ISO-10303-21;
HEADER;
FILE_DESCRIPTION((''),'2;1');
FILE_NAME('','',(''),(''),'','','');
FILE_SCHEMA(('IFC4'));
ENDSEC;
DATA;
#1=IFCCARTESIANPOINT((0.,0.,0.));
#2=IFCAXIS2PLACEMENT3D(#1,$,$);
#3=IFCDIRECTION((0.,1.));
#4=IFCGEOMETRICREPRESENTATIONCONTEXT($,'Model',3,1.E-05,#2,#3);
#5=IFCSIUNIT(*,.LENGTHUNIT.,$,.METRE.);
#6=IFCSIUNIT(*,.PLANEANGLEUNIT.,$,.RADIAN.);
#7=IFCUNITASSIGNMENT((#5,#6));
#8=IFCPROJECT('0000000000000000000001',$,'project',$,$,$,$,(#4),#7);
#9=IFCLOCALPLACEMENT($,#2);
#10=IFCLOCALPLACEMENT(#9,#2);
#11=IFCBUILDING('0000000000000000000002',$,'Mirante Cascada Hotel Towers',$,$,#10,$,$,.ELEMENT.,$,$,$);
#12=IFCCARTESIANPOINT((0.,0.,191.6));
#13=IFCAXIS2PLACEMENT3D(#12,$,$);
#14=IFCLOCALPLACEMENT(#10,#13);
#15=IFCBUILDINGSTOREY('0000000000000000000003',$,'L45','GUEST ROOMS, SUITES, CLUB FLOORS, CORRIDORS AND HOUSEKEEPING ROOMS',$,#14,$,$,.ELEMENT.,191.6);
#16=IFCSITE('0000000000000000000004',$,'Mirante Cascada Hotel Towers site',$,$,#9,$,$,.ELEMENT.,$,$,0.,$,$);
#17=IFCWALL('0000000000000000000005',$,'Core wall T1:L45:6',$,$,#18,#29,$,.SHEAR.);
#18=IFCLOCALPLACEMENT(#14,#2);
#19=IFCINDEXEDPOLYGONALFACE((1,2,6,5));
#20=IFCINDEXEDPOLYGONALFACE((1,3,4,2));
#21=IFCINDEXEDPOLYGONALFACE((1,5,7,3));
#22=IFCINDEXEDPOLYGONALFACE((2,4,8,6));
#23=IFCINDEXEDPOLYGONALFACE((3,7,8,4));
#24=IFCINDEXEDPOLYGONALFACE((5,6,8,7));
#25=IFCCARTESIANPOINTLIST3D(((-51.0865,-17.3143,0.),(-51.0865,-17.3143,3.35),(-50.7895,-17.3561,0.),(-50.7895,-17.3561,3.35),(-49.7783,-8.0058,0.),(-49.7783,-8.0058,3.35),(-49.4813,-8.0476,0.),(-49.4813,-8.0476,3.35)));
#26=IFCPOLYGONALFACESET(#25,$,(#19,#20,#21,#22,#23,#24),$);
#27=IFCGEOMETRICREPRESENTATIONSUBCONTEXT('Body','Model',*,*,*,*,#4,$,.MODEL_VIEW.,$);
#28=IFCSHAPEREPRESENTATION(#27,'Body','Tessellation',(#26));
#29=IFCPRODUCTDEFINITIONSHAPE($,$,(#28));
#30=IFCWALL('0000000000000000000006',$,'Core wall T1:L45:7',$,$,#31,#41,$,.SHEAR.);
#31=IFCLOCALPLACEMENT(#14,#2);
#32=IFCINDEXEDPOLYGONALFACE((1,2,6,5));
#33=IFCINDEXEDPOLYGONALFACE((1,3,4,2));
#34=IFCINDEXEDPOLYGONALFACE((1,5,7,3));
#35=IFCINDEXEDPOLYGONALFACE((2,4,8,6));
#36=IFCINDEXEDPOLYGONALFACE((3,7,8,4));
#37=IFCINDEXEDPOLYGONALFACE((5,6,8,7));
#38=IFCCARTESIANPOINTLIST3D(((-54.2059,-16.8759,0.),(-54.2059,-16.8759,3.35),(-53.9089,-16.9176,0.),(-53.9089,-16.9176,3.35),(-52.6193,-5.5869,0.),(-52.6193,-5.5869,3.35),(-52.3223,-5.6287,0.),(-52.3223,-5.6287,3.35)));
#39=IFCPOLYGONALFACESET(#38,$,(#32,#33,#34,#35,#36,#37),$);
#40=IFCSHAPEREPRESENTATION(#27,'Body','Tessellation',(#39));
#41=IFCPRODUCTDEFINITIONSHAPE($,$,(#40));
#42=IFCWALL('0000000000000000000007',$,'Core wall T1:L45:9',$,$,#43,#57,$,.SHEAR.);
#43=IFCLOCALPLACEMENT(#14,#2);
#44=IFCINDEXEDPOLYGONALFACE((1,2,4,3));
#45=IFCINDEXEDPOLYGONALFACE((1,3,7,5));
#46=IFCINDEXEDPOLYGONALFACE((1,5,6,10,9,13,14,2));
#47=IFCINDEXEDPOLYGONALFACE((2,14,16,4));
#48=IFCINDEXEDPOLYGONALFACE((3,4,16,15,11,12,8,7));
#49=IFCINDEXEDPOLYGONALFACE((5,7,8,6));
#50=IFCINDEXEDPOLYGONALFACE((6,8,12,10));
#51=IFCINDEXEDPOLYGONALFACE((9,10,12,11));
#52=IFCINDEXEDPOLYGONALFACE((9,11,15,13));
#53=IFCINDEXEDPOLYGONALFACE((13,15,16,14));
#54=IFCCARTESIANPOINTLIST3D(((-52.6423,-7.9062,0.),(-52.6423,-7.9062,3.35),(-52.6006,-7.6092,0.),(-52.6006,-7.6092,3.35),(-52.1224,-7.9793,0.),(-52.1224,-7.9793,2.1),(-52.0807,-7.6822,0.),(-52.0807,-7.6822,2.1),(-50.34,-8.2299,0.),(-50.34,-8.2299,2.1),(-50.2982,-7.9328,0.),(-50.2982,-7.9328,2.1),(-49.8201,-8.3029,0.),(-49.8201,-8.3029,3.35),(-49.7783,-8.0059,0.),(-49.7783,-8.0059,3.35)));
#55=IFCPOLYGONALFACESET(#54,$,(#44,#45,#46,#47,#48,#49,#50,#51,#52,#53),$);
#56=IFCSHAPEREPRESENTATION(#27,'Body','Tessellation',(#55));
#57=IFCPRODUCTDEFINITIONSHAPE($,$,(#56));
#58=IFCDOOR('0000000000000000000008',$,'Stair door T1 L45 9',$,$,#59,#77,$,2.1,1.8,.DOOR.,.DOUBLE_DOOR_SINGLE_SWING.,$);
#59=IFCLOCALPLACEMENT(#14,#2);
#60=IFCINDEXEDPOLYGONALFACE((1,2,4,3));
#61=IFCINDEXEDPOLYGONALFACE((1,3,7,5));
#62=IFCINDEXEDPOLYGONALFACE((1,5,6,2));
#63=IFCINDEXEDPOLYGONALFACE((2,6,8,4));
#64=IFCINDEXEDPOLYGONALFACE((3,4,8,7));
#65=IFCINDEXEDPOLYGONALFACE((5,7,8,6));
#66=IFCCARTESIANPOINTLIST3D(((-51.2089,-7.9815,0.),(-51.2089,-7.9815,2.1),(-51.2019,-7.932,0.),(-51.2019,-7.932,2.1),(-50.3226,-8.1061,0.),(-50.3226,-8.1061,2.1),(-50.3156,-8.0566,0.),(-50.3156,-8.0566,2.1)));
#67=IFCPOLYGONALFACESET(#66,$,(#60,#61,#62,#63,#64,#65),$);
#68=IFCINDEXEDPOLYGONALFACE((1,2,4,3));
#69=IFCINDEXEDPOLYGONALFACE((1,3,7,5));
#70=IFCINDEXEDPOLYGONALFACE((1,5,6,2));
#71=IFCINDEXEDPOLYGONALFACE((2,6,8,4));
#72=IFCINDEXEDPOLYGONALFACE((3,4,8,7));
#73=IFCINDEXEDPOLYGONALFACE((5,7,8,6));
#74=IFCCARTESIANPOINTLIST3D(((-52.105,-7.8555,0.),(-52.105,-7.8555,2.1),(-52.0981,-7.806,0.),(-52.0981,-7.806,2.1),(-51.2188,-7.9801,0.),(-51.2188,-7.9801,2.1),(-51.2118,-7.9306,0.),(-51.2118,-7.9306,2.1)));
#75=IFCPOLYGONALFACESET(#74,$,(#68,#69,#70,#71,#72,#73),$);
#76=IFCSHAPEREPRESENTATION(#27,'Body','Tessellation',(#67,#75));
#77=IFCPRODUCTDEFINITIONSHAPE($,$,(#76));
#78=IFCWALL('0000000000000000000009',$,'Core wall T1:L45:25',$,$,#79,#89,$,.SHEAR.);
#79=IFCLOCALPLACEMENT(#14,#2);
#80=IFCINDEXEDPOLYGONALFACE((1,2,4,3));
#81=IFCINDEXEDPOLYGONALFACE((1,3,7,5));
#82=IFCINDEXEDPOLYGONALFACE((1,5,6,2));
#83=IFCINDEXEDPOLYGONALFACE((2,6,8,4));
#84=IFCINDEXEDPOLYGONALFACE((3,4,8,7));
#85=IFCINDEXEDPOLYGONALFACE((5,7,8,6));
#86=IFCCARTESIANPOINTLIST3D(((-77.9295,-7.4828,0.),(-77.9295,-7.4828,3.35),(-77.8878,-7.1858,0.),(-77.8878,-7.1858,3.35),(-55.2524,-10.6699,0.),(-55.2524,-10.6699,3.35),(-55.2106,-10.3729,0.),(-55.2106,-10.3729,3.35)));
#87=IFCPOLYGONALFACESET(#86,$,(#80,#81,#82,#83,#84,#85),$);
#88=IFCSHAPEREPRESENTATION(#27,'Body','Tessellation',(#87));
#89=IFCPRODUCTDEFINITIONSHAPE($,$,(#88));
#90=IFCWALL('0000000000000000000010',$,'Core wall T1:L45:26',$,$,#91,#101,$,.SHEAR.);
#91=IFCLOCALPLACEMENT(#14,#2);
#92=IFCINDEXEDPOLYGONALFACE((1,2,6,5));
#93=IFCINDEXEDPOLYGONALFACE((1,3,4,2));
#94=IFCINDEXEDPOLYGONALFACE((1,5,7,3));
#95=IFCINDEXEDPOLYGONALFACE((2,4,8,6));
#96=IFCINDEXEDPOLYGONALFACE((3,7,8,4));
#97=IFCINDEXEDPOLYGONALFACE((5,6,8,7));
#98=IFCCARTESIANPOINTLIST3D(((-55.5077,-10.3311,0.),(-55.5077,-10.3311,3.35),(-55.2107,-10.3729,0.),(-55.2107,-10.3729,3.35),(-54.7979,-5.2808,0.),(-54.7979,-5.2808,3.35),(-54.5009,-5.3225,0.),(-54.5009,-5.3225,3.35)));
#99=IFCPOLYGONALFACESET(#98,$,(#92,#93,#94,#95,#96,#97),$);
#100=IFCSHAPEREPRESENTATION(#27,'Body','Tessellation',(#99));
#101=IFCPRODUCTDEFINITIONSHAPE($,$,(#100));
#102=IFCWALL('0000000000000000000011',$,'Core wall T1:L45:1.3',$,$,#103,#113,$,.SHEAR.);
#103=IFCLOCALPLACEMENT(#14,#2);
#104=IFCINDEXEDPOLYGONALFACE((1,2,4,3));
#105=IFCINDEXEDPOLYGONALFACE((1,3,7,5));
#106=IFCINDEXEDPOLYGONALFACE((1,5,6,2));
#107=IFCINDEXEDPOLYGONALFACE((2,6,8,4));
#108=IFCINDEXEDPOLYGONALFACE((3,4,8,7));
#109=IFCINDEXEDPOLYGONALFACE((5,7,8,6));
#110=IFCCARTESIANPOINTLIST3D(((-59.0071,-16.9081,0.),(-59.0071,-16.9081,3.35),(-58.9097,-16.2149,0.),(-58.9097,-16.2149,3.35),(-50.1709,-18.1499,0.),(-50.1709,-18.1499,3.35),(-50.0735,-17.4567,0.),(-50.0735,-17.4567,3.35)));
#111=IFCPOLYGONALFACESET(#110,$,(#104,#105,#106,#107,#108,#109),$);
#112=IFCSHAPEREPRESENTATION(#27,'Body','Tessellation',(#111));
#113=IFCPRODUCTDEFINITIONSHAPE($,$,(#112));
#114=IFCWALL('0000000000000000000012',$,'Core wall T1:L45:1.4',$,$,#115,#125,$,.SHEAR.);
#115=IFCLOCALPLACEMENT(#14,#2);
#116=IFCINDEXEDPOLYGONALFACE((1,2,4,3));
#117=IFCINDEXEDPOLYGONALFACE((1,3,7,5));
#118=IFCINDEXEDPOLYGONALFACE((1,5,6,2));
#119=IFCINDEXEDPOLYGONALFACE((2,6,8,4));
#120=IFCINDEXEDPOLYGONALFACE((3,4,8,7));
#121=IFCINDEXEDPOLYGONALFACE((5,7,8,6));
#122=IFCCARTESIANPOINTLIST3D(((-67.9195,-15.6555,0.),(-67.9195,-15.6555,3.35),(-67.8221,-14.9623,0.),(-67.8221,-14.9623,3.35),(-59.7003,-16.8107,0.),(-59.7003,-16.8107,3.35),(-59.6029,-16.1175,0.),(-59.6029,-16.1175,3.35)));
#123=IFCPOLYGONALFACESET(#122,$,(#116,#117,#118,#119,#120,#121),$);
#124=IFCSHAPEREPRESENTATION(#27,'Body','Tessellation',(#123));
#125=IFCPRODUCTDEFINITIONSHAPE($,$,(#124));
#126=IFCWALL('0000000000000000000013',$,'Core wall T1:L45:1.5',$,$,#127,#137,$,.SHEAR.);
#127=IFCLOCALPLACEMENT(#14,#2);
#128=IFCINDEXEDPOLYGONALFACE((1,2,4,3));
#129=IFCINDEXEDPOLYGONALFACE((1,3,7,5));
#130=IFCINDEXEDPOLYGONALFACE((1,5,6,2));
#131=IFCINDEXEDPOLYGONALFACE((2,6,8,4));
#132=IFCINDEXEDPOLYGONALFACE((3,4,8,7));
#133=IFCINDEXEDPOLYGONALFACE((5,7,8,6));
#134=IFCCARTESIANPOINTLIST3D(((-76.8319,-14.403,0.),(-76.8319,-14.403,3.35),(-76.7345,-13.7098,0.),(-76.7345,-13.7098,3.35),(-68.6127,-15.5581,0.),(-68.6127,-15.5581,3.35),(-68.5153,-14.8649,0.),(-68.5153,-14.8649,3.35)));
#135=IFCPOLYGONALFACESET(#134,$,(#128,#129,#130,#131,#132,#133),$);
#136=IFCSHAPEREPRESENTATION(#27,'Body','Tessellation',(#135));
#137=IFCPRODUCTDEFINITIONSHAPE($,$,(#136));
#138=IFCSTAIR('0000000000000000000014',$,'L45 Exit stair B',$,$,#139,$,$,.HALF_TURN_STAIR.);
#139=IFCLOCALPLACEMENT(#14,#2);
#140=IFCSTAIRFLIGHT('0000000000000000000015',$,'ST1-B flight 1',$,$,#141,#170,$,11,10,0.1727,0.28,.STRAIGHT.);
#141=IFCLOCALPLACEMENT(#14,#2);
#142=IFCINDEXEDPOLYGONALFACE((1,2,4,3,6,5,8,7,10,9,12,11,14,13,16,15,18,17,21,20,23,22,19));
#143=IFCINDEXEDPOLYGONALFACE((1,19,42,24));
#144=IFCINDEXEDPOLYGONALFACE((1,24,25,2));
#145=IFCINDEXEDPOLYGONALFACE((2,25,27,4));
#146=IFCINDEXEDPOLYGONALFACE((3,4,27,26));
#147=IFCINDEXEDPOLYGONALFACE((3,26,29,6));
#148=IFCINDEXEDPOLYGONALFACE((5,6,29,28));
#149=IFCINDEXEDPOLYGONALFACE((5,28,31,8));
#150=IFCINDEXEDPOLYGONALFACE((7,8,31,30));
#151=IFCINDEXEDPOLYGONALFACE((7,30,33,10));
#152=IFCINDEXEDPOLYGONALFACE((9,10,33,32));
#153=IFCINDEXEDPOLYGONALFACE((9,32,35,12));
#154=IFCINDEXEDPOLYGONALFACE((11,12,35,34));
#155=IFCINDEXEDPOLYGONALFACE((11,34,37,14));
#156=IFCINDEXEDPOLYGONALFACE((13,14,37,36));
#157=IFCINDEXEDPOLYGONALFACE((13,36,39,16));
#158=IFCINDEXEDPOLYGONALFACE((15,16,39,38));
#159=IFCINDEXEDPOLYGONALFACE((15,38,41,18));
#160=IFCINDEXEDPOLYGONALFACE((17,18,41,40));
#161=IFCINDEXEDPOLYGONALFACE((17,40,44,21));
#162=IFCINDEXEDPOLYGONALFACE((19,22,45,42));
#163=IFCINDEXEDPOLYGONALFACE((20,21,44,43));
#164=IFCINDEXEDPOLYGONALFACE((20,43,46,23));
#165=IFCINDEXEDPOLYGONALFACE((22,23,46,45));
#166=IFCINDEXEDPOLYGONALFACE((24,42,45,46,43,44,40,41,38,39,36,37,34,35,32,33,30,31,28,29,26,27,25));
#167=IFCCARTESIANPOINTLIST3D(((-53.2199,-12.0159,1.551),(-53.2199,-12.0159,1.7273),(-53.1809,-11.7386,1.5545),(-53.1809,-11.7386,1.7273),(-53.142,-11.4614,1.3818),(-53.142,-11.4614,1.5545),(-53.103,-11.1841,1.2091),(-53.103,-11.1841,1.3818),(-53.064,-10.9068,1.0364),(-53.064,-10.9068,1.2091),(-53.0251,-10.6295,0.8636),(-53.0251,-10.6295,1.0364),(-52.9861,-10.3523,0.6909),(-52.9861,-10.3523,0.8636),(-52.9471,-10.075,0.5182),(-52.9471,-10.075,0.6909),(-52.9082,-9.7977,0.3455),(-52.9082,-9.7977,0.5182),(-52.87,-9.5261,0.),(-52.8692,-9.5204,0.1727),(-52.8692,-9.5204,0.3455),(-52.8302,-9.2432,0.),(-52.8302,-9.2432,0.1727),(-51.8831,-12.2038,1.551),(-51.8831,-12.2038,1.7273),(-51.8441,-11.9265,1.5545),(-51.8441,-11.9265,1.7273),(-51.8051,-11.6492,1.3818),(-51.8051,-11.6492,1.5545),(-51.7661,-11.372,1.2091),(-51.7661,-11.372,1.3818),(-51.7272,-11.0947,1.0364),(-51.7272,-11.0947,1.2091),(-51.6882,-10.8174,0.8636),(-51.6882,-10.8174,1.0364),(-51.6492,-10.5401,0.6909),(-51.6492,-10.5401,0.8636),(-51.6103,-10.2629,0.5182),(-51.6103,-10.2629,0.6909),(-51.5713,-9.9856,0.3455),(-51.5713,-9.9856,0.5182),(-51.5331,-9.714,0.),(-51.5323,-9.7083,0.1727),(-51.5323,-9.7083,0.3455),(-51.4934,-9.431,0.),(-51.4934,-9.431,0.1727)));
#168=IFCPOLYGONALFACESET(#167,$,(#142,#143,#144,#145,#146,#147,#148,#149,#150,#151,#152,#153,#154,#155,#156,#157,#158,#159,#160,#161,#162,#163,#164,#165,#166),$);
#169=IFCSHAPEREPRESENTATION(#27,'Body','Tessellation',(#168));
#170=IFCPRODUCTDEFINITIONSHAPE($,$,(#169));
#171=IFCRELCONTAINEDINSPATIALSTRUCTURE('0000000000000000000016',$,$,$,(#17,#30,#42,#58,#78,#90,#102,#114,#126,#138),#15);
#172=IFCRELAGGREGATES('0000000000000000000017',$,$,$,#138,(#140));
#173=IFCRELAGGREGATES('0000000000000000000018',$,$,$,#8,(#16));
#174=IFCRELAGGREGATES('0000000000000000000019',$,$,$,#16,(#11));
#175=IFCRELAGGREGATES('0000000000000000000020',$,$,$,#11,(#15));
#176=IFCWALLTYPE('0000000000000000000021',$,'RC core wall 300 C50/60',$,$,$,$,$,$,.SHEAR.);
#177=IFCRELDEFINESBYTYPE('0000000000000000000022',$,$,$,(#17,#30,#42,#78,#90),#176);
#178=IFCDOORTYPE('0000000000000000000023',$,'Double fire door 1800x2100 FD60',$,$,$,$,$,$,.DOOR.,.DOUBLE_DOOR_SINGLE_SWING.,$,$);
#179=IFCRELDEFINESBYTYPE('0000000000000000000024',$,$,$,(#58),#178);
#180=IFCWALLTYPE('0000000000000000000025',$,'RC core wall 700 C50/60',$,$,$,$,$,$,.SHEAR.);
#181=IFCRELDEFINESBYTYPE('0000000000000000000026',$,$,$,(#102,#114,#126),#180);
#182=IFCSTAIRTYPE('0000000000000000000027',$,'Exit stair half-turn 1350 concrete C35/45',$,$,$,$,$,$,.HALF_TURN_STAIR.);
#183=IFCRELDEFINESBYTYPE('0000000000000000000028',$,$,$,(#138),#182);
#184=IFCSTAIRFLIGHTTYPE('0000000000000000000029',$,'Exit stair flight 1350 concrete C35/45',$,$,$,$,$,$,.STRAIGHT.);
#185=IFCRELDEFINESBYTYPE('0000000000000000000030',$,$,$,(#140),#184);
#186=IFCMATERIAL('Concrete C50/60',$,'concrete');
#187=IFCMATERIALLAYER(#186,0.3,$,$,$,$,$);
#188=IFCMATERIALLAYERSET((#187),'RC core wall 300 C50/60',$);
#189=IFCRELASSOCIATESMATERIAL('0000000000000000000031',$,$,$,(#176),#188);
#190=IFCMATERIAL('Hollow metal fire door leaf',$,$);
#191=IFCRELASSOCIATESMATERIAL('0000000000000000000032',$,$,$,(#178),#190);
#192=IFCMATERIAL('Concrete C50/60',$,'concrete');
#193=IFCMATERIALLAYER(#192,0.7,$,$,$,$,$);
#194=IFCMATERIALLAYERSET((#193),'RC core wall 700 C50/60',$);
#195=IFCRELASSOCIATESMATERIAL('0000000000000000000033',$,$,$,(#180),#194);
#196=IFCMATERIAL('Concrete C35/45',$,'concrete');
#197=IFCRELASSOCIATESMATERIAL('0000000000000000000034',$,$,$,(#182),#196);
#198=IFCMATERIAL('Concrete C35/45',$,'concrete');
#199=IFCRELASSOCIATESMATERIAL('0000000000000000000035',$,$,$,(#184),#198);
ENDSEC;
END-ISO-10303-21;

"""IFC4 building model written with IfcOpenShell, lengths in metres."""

from ifc_helpers import new_model, si_unit, direction, frame, frame_2d, origin, place, context, subcontext, project, spatial, polyline, rectangle, outline, extrude, material, layer, layer_set, type_object, element, fill, aggregate, save


model = new_model("IFC4")

# Units and contexts
model_context = context("Model", 3, precision=1e-05, world=origin(), true_north=direction((0.0, 1.0)))
body_context = subcontext(model_context, "Body", "Model", "MODEL_VIEW")
ifc_project = project(units=[si_unit("LENGTHUNIT", "METRE"), si_unit("PLANEANGLEUNIT", "RADIAN")], contexts=[model_context])

# Site, building, storey
site_placement = place(None, origin())
site = spatial("IfcSite", under=ifc_project, at=site_placement, Name="Mirante Cascada Hotel Towers site", CompositionType="ELEMENT", RefElevation=0.0)
building_placement = place(site_placement, origin())
building = spatial("IfcBuilding", under=site, at=building_placement, Name="Mirante Cascada Hotel Towers", CompositionType="ELEMENT")
storey_placement = place(building_placement, frame((0.0, 0.0, 191.6)))
storey = spatial("IfcBuildingStorey", under=building, at=storey_placement, Name="L45", Description="GUEST ROOMS, SUITES, CLUB FLOORS, CORRIDORS AND HOUSEKEEPING ROOMS", CompositionType="ELEMENT", Elevation=191.6)

# Walls
ifc_material_1 = material(Name="Concrete C50/60", Category="concrete")
ifc_layer_1 = layer(ifc_material_1, 0.3)
ifc_layer_set_1 = layer_set([ifc_layer_1], Name="RC core wall 300 C50/60")
wall_type_1 = type_object("IfcWallType", Name="RC core wall 300 C50/60", PredefinedType="SHEAR", material=ifc_layer_set_1)
wall_1_placement = place(storey_placement, frame((-50.938, -17.3352, 0.0), z_axis=(0.0, 0.0, 1.0), x_axis=(0.139171, 0.990268, 0.0)))
element("IfcWall", 1, at=wall_1_placement, inside=storey, type_object=wall_type_1, Name="Core wall T1:L45:6", PredefinedType="SHEAR", context=body_context, shape_type="SweptSolid", body=[
    extrude(rectangle(XDim=9.4, YDim=0.3, at=frame_2d((4.7, 0.0))), origin(), (0.0, 0.0, 1.0), 3.35),
])
wall_2_placement = place(storey_placement, frame((-54.0574, -16.8968, 0.0), z_axis=(0.0, 0.0, 1.0), x_axis=(0.139176, 0.990268, 0.0)))
element("IfcWall", 2, at=wall_2_placement, inside=storey, type_object=wall_type_1, Name="Core wall T1:L45:7", PredefinedType="SHEAR", context=body_context, shape_type="SweptSolid", body=[
    extrude(rectangle(XDim=11.3999, YDim=0.3, at=frame_2d((5.7, 0.0))), origin(), (0.0, 0.0, 1.0), 3.35),
])

# Wall, opening, door
wall_3_placement = place(storey_placement, frame((-49.7992, -8.1544, 0.0), z_axis=(0.0, 0.0, 1.0), x_axis=(-0.990266, 0.139191, 0.0)))
wall_3 = element("IfcWall", 3, at=wall_3_placement, inside=storey, type_object=wall_type_1, Name="Core wall T1:L45:9", PredefinedType="SHEAR", context=body_context, shape_type="SweptSolid", body=[
    extrude(rectangle(XDim=2.85, YDim=0.3, at=frame_2d((1.425, 0.0))), origin(), (0.0, 0.0, 1.0), 3.35),
])
opening_1_placement = place(wall_3_placement, frame((0.525, 0.0, 0.0)))
opening_1 = element("IfcOpeningElement", 4, at=opening_1_placement, cuts=wall_3, PredefinedType="OPENING", context=body_context, shape_type="SweptSolid", body=[
    extrude(rectangle(XDim=1.8, YDim=2.1, at=frame_2d((0.9, 1.05))), frame((0.0, 0.15, 0.0), z_axis=(0.0, -1.0, 0.0), x_axis=(1.0, 0.0, 0.0)), (0.0, 0.0, 1.0), 0.3),
])
ifc_material_2 = material(Name="Hollow metal fire door leaf")
door_type_1 = type_object("IfcDoorType", Name="Double fire door 1800x2100 FD60", OperationType="DOUBLE_DOOR_SINGLE_SWING", PredefinedType="DOOR", material=ifc_material_2)
door_1_placement = place(opening_1_placement, origin())
door_1 = element("IfcDoor", 5, at=door_1_placement, inside=storey, type_object=door_type_1, Name="Stair door T1 L45 9", OperationType="DOUBLE_DOOR_SINGLE_SWING", OverallHeight=2.1, OverallWidth=1.8, PredefinedType="DOOR", context=body_context, shape_type="SweptSolid", body=[
    extrude(rectangle(XDim=0.895, YDim=2.1, at=frame_2d((0.4475, 1.05))), frame((0.0, 0.025, 0.0), z_axis=(0.0, -1.0, 0.0), x_axis=(1.0, 0.0, 0.0)), (0.0, 0.0, 1.0), 0.05),
    extrude(rectangle(XDim=0.895, YDim=2.1, at=frame_2d((1.3525, 1.05))), frame((0.0, 0.025, 0.0), z_axis=(0.0, -1.0, 0.0), x_axis=(1.0, 0.0, 0.0)), (0.0, 0.0, 1.0), 0.05),
])
fill(opening_1, door_1)

# Walls
wall_4_placement = place(storey_placement, frame((-55.2315, -10.5214, 0.0), z_axis=(0.0, 0.0, 1.0), x_axis=(-0.990268, 0.139175, 0.0)))
element("IfcWall", 6, at=wall_4_placement, inside=storey, type_object=wall_type_1, Name="Core wall T1:L45:25", PredefinedType="SHEAR", context=body_context, shape_type="SweptSolid", body=[
    extrude(rectangle(XDim=22.9, YDim=0.3, at=frame_2d((11.45, 0.0))), origin(), (0.0, 0.0, 1.0), 3.35),
])
wall_5_placement = place(storey_placement, frame((-55.3592, -10.352, 0.0), z_axis=(0.0, 0.0, 1.0), x_axis=(0.139176, 0.990268, 0.0)))
element("IfcWall", 7, at=wall_5_placement, inside=storey, type_object=wall_type_1, Name="Core wall T1:L45:26", PredefinedType="SHEAR", context=body_context, shape_type="SweptSolid", body=[
    extrude(rectangle(XDim=5.1, YDim=0.3, at=frame_2d((2.55, 0.0))), origin(), (0.0, 0.0, 1.0), 3.35),
])
ifc_material_3 = material(Name="Concrete C50/60", Category="concrete")
ifc_layer_2 = layer(ifc_material_3, 0.7)
ifc_layer_set_2 = layer_set([ifc_layer_2], Name="RC core wall 700 C50/60")
wall_type_2 = type_object("IfcWallType", Name="RC core wall 700 C50/60", PredefinedType="SHEAR", material=ifc_layer_set_2)
wall_6_placement = place(storey_placement, frame((-50.1222, -17.8033, 0.0), z_axis=(0.0, 0.0, 1.0), x_axis=(-0.990269, 0.139168, 0.0)))
element("IfcWall", 8, at=wall_6_placement, inside=storey, type_object=wall_type_2, Name="Core wall T1:L45:1.3", PredefinedType="SHEAR", context=body_context, shape_type="SweptSolid", body=[
    extrude(rectangle(XDim=8.923, YDim=0.7, at=frame_2d((4.4615, 0.0))), origin(), (0.0, 0.0, 1.0), 3.35),
])
for number, where, z_axis, x_axis, name in (
    (9, (-59.6516, -16.4641, 0.0), (0.0, 0.0, 1.0), (-0.990267, 0.139181, 0.0), "Core wall T1:L45:1.4"),
    (10, (-68.564, -15.2115, 0.0), (0.0, 0.0, 1.0), (-0.990269, 0.139169, 0.0), "Core wall T1:L45:1.5"),
):
    element("IfcWall", number, at=place(storey_placement, frame(where, z_axis=z_axis, x_axis=x_axis)), inside=storey, type_object=wall_type_2, Name=name, PredefinedType="SHEAR", context=body_context, shape_type="SweptSolid", body=[
        extrude(rectangle(XDim=8.3, YDim=0.7, at=frame_2d((4.15, 0.0))), origin(), (0.0, 0.0, 1.0), 3.35),
    ])

# Stair, stair flight
ifc_material_4 = material(Name="Concrete C35/45", Category="concrete")
stair_type = type_object("IfcStairType", Name="Exit stair half-turn 1350 concrete C35/45", PredefinedType="HALF_TURN_STAIR", material=ifc_material_4)
stair_placement = place(storey_placement, origin())
stair = element("IfcStair", 11, at=stair_placement, inside=storey, type_object=stair_type, Name="L45 Exit stair B", PredefinedType="HALF_TURN_STAIR")
ifc_material_5 = material(Name="Concrete C35/45", Category="concrete")
stair_flight_type = type_object("IfcStairFlightType", Name="Exit stair flight 1350 concrete C35/45", PredefinedType="STRAIGHT", material=ifc_material_5)
stair_flight_1_placement = place(storey_placement, frame((-52.1618, -9.3371, 0.0), z_axis=(0.0, 0.0, 1.0), x_axis=(-0.139173, -0.990268, 0.0)))
stair_flight_1 = element("IfcStairFlight", 12, at=stair_flight_1_placement, type_object=stair_flight_type, Name="ST1-B flight 1", NumberOfRisers=11, NumberOfTreads=10, PredefinedType="STRAIGHT", RiserHeight=0.1727, TreadLength=0.28, context=body_context, shape_type="SweptSolid", body=[
    extrude(outline(polyline([(0.0, 0.0), (0.0, 0.1727), (0.28, 0.1727), (0.28, 0.3455), (0.56, 0.3455), (0.56, 0.5182), (0.84, 0.5182), (0.84, 0.6909), (1.12, 0.6909), (1.12, 0.8636), (1.4, 0.8636), (1.4, 1.0364), (1.68, 1.0364), (1.68, 1.2091), (1.96, 1.2091), (1.96, 1.3818), (2.24, 1.3818), (2.24, 1.5545), (2.52, 1.5545), (2.52, 1.7273), (2.8, 1.7273), (2.8, 1.9), (2.8, 1.551), (0.2857, 0.0), (0.0, 0.0)])), frame((0.0, 0.675, 0.0), z_axis=(0.0, -1.0, 0.0), x_axis=(1.0, 0.0, 0.0)), (0.0, 0.0, 1.0), 1.35),
])
aggregate(stair, [stair_flight_1])

save(model, "model.ifc")
